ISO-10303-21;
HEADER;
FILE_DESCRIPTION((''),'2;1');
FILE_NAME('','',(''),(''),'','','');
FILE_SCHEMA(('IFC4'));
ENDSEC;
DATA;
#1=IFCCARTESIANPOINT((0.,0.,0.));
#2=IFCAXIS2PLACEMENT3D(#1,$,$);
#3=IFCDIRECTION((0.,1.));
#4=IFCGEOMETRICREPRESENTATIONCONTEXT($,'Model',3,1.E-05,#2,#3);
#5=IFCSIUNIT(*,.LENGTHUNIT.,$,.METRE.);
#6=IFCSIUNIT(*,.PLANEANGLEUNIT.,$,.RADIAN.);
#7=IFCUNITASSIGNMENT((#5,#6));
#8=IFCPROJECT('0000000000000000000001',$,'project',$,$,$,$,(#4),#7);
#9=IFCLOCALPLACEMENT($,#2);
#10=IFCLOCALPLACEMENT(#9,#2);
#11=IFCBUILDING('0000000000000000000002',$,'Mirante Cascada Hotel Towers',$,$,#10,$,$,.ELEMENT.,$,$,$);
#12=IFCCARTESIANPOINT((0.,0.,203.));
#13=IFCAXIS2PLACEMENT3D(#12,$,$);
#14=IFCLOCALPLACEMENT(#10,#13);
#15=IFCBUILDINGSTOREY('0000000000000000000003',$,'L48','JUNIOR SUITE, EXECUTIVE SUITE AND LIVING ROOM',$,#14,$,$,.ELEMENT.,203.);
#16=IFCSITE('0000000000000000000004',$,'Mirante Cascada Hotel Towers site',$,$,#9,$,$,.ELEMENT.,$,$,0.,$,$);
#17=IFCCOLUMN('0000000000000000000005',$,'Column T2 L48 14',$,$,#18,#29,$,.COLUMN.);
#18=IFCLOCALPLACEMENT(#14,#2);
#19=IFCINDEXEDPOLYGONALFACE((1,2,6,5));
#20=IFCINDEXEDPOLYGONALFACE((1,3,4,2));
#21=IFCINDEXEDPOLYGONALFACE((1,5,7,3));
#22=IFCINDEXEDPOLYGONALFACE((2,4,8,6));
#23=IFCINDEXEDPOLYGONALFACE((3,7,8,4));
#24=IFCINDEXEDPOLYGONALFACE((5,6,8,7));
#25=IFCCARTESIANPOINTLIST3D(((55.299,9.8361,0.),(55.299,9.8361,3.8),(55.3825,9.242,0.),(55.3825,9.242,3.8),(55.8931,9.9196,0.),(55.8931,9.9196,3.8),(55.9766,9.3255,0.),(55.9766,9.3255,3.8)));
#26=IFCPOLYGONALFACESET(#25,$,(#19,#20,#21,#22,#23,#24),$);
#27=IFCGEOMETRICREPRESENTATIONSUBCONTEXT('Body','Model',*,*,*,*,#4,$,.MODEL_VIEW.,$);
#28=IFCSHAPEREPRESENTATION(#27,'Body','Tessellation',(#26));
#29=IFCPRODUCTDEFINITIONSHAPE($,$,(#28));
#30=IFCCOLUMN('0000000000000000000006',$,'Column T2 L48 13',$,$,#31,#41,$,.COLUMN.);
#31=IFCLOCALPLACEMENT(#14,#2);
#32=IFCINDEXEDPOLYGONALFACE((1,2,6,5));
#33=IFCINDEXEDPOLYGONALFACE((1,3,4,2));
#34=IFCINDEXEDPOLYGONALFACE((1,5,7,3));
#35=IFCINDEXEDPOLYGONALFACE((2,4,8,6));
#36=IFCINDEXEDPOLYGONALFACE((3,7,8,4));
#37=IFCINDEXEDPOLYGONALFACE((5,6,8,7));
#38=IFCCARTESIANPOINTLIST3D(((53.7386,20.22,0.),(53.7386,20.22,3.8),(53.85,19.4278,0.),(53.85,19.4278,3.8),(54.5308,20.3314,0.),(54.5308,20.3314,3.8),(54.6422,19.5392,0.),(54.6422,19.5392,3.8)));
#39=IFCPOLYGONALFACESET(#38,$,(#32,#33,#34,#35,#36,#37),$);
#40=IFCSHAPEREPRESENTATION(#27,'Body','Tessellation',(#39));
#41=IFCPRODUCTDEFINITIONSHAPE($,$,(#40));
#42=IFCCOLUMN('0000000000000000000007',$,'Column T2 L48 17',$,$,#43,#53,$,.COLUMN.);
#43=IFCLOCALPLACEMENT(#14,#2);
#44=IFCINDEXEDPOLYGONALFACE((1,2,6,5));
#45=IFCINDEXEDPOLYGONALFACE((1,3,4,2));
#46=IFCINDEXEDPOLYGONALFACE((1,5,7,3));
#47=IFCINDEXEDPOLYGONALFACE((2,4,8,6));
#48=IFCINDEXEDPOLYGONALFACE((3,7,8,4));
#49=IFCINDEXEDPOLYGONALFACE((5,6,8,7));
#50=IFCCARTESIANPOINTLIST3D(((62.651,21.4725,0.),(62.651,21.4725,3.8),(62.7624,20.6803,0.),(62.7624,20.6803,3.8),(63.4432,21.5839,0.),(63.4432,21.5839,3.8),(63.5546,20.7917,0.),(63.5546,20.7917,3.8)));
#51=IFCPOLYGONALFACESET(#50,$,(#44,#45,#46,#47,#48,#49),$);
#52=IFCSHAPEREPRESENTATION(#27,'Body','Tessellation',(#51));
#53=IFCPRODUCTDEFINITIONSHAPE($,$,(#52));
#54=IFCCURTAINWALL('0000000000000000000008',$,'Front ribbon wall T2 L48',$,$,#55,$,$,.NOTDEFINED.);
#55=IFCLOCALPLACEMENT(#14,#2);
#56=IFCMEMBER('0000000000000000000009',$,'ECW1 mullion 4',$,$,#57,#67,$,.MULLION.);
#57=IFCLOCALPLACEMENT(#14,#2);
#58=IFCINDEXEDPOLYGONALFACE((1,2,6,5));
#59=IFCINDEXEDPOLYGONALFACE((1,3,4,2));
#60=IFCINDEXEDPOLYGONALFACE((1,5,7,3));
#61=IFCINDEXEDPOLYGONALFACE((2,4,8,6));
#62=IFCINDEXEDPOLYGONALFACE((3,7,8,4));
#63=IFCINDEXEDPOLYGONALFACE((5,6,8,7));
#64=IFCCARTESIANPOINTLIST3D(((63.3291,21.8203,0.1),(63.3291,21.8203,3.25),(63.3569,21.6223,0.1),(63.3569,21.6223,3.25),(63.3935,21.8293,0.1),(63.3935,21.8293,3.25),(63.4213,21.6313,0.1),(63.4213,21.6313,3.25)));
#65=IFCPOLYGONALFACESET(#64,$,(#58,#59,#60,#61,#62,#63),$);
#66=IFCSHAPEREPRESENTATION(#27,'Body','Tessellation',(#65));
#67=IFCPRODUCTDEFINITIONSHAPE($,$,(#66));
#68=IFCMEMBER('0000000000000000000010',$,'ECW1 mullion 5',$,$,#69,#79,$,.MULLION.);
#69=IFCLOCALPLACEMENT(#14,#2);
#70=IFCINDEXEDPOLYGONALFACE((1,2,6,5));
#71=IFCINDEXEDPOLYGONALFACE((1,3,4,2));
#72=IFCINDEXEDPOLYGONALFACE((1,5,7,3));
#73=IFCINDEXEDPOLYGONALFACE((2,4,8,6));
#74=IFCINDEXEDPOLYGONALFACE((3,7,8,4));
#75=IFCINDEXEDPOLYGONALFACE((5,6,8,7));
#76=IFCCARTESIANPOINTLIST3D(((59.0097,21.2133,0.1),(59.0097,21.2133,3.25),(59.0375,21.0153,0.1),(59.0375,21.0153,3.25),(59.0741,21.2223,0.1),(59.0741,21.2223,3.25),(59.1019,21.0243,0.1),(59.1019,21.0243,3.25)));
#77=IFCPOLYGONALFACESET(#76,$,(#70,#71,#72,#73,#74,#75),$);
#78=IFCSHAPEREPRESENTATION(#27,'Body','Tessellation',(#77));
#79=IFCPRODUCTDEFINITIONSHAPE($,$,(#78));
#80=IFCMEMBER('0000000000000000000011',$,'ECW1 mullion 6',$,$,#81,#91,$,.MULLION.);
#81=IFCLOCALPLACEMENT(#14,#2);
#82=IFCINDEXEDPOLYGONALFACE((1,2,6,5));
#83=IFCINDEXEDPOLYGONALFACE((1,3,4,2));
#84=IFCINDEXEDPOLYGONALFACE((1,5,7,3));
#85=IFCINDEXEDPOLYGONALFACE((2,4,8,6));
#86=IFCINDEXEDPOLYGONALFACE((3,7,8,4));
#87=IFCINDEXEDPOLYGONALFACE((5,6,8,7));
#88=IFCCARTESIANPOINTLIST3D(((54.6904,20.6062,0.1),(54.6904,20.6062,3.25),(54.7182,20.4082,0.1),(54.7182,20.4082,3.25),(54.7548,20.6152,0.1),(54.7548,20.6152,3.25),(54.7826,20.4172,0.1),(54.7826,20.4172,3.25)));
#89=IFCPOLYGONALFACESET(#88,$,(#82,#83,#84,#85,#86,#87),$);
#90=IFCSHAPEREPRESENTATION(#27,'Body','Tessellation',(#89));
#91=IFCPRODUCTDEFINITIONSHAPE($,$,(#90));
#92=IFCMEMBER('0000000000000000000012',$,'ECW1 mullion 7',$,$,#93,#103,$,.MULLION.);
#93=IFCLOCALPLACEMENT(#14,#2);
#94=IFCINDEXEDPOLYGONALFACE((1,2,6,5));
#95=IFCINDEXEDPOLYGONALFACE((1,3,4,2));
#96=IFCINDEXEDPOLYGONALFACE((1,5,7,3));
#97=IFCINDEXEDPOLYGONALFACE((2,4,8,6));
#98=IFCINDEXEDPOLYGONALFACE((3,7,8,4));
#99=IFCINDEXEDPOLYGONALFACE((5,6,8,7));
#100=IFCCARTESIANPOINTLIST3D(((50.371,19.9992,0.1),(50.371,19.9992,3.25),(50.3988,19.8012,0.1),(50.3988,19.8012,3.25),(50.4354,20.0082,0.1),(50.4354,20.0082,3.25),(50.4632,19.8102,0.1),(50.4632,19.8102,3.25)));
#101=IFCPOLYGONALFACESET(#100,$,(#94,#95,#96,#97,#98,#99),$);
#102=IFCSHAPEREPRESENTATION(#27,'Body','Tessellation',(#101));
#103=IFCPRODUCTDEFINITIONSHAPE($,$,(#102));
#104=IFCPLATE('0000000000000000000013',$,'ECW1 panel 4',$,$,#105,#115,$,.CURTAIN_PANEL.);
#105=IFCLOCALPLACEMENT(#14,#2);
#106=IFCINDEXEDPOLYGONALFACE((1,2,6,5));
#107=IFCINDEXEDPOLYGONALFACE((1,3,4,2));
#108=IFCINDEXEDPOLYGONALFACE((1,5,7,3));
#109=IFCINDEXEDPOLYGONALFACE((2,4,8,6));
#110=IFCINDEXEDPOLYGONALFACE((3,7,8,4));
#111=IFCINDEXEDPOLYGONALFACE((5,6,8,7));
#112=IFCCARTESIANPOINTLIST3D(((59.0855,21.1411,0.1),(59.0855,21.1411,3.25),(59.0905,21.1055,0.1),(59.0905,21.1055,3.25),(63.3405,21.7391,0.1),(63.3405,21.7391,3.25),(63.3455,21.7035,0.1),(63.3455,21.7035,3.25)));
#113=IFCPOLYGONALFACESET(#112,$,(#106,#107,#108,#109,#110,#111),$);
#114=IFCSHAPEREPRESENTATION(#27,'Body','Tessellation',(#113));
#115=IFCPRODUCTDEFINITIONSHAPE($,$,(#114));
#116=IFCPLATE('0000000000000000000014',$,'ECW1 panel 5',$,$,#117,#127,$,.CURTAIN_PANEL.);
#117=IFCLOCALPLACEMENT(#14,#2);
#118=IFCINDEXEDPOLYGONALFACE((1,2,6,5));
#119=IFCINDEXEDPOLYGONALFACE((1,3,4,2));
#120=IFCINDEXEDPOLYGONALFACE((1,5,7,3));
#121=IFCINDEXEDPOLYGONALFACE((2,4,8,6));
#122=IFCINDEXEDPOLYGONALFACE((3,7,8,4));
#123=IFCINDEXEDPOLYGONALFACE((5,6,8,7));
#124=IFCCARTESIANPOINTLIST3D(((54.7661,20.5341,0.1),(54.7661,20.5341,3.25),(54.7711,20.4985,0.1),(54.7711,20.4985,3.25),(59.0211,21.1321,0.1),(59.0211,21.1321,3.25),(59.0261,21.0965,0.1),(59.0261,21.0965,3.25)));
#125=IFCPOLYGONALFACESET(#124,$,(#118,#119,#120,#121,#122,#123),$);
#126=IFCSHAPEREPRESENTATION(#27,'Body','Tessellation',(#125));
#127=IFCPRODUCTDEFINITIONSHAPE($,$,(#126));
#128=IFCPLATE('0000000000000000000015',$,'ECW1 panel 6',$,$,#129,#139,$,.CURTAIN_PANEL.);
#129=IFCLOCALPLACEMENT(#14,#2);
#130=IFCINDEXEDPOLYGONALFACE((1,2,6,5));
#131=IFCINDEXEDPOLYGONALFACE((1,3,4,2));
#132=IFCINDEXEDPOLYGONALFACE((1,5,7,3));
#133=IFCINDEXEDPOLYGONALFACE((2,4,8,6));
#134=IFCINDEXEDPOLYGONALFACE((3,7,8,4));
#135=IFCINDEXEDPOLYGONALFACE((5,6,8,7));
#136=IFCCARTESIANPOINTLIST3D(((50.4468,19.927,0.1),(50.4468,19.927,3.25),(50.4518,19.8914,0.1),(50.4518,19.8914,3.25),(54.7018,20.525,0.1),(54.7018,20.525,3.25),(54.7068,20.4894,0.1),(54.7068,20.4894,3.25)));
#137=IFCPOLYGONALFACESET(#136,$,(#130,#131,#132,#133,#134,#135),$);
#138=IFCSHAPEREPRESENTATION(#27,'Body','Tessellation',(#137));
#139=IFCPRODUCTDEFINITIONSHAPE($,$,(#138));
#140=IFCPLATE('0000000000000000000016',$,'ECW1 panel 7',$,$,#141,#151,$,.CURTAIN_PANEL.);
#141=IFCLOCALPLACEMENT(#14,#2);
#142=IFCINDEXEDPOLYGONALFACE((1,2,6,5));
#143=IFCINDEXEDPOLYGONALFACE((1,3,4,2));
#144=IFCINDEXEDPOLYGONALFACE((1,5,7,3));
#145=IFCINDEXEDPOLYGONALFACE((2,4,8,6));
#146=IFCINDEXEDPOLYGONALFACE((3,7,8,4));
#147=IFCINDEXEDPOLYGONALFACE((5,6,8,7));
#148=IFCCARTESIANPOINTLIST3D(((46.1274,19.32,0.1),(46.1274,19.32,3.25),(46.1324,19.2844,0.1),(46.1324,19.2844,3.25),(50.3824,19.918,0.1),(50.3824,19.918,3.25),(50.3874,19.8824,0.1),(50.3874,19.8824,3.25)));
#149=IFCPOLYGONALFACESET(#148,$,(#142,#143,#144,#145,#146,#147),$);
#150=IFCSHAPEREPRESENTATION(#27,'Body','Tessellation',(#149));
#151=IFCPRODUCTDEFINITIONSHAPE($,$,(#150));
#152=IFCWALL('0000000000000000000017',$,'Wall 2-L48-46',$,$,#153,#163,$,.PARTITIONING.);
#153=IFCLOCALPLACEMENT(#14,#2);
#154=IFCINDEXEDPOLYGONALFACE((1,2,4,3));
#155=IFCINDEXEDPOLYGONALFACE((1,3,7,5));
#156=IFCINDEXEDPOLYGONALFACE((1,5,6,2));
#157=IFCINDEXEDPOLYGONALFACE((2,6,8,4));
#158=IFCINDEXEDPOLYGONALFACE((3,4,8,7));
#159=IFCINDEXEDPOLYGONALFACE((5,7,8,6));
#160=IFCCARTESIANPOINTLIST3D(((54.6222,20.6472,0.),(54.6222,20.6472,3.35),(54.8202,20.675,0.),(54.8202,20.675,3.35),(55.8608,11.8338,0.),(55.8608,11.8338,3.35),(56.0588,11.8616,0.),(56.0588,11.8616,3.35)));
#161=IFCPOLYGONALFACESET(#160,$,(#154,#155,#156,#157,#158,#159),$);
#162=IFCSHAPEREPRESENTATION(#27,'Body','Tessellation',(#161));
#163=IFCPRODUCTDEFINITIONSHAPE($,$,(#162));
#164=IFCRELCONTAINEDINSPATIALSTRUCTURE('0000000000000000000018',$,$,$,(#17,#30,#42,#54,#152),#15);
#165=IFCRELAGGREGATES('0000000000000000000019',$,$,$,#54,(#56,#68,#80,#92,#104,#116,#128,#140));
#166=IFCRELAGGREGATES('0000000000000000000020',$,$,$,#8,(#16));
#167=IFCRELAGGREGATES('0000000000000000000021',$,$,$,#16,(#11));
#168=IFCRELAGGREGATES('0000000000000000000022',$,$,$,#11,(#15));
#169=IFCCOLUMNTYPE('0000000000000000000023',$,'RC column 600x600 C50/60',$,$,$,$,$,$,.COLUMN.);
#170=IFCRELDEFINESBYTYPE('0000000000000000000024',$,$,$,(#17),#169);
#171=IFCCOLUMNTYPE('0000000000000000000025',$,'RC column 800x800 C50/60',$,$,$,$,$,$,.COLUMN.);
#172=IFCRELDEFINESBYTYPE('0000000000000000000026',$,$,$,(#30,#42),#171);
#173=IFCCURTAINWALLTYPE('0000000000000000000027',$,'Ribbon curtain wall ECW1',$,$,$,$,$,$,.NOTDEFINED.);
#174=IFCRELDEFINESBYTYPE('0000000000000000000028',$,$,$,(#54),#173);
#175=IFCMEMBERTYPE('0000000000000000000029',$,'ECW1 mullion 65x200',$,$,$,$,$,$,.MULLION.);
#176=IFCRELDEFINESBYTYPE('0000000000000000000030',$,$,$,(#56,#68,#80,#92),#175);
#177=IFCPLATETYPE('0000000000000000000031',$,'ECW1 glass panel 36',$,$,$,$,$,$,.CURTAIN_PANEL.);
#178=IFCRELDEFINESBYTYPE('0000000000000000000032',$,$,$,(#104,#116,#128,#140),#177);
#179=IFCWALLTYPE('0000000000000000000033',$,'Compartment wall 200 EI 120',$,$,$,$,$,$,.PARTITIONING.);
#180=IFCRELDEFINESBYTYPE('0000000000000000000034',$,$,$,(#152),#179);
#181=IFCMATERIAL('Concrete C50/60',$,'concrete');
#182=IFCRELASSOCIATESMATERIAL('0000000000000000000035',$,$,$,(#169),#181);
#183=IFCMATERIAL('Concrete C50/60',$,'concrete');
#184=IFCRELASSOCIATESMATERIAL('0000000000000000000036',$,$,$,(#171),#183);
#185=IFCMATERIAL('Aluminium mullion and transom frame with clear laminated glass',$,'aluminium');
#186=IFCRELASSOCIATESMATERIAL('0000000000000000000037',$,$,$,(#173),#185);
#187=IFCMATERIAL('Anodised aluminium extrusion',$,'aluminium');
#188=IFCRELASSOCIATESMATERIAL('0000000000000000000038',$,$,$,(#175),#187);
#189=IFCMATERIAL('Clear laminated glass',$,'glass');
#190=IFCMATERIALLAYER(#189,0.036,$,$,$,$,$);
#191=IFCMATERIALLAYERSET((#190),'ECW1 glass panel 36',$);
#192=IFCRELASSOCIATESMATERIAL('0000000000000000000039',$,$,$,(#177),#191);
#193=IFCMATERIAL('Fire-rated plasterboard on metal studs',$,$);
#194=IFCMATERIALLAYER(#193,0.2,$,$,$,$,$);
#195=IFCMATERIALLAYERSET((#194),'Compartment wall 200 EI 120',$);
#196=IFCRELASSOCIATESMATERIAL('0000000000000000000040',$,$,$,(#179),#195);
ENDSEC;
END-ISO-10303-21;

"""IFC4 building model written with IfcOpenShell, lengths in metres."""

from ifc_helpers import new_model, si_unit, direction, frame, frame_2d, origin, origin_2d, place, context, subcontext, project, spatial, rectangle, extrude, material, layer, layer_set, material_profile, profile_set, type_object, element, aggregate, save


model = new_model("IFC4")

# Units and contexts
model_context = context("Model", 3, precision=1e-05, world=origin(), true_north=direction((0.0, 1.0)))
body_context = subcontext(model_context, "Body", "Model", "MODEL_VIEW")
ifc_project = project(units=[si_unit("LENGTHUNIT", "METRE"), si_unit("PLANEANGLEUNIT", "RADIAN")], contexts=[model_context])

# Site, building, storey
site_placement = place(None, origin())
site = spatial("IfcSite", under=ifc_project, at=site_placement, Name="Mirante Cascada Hotel Towers site", CompositionType="ELEMENT", RefElevation=0.0)
building_placement = place(site_placement, origin())
building = spatial("IfcBuilding", under=site, at=building_placement, Name="Mirante Cascada Hotel Towers", CompositionType="ELEMENT")
storey_placement = place(building_placement, frame((0.0, 0.0, 203.0)))
storey = spatial("IfcBuildingStorey", under=building, at=storey_placement, Name="L48", Description="JUNIOR SUITE, EXECUTIVE SUITE AND LIVING ROOM", CompositionType="ELEMENT", Elevation=203.0)

# Columns
ifc_material_1 = material(Name="Concrete C50/60", Category="concrete")
ifc_material_profile_1 = material_profile(ifc_material_1, rectangle(XDim=0.6, YDim=0.6, at=origin_2d()), Name="RC column 600x600 C50/60")
ifc_profile_set_1 = profile_set([ifc_material_profile_1], Name="Concrete C50/60")
column_type_1 = type_object("IfcColumnType", Name="RC column 600x600 C50/60", PredefinedType="COLUMN", material=ifc_profile_set_1)
column_placement = place(storey_placement, frame((55.6378, 9.5808, 0.0), z_axis=(0.0, 0.0, 1.0), x_axis=(0.990268, 0.139173, 0.0)))
element("IfcColumn", 1, at=column_placement, inside=storey, type_object=column_type_1, Name="Column T2 L48 14", PredefinedType="COLUMN", context=body_context, shape_type="SweptSolid", body=[
    extrude(rectangle(XDim=0.6, YDim=0.6, at=origin_2d()), origin(), (0.0, 0.0, 1.0), 3.8),
])
ifc_material_2 = material(Name="Concrete C50/60", Category="concrete")
ifc_material_profile_2 = material_profile(ifc_material_2, rectangle(XDim=0.8, YDim=0.8, at=origin_2d()), Name="RC column 800x800 C50/60")
ifc_profile_set_2 = profile_set([ifc_material_profile_2], Name="Concrete C50/60")
column_type_2 = type_object("IfcColumnType", Name="RC column 800x800 C50/60", PredefinedType="COLUMN", material=ifc_profile_set_2)
for number, where, z_axis, x_axis, name in (
    (2, (54.1904, 19.8796, 0.0), (0.0, 0.0, 1.0), (0.990268, 0.139173, 0.0), "Column T2 L48 13"),
    (3, (63.1028, 21.1321, 0.0), (0.0, 0.0, 1.0), (0.990268, 0.139173, 0.0), "Column T2 L48 17"),
):
    element("IfcColumn", number, at=place(storey_placement, frame(where, z_axis=z_axis, x_axis=x_axis)), inside=storey, type_object=column_type_2, Name=name, PredefinedType="COLUMN", context=body_context, shape_type="SweptSolid", body=[
        extrude(rectangle(XDim=0.8, YDim=0.8, at=origin_2d()), origin(), (0.0, 0.0, 1.0), 3.8),
    ])

# Curtain wall, members, plates
ifc_material_3 = material(Name="Aluminium mullion and transom frame with clear laminated glass", Category="aluminium")
curtain_wall_type = type_object("IfcCurtainWallType", Name="Ribbon curtain wall ECW1", PredefinedType="NOTDEFINED", material=ifc_material_3)
curtain_wall_placement = place(storey_placement, origin())
curtain_wall = element("IfcCurtainWall", 4, at=curtain_wall_placement, inside=storey, type_object=curtain_wall_type, Name="Front ribbon wall T2 L48", PredefinedType="NOTDEFINED")
ifc_material_4 = material(Name="Anodised aluminium extrusion", Category="aluminium")
ifc_material_profile_3 = material_profile(ifc_material_4, rectangle(XDim=0.2, YDim=0.065, at=origin_2d()), Name="ECW1 MULLION 65x200")
ifc_profile_set_3 = profile_set([ifc_material_profile_3], Name="Anodised aluminium extrusion")
member_type = type_object("IfcMemberType", Name="ECW1 mullion 65x200", PredefinedType="MULLION", material=ifc_profile_set_3)
member_1_placement = place(storey_placement, frame((63.3752, 21.7258, 0.1), z_axis=(0.0, 0.0, 1.0), x_axis=(0.139173, -0.990268, 0.0)))
member_1 = element("IfcMember", 5, at=member_1_placement, type_object=member_type, Name="ECW1 mullion 4", PredefinedType="MULLION", context=body_context, shape_type="SweptSolid", body=[
    extrude(rectangle(XDim=0.2, YDim=0.065, at=origin_2d()), origin(), (0.0, 0.0, 1.0), 3.15),
])
member_2_placement = place(storey_placement, frame((59.0558, 21.1188, 0.1), z_axis=(0.0, 0.0, 1.0), x_axis=(0.139173, -0.990268, 0.0)))
member_2 = element("IfcMember", 6, at=member_2_placement, type_object=member_type, Name="ECW1 mullion 5", PredefinedType="MULLION", context=body_context, shape_type="SweptSolid", body=[
    extrude(rectangle(XDim=0.2, YDim=0.065, at=origin_2d()), origin(), (0.0, 0.0, 1.0), 3.15),
])
member_3_placement = place(storey_placement, frame((54.7365, 20.5117, 0.1), z_axis=(0.0, 0.0, 1.0), x_axis=(0.139173, -0.990268, 0.0)))
member_3 = element("IfcMember", 7, at=member_3_placement, type_object=member_type, Name="ECW1 mullion 6", PredefinedType="MULLION", context=body_context, shape_type="SweptSolid", body=[
    extrude(rectangle(XDim=0.2, YDim=0.065, at=origin_2d()), origin(), (0.0, 0.0, 1.0), 3.15),
])
member_4_placement = place(storey_placement, frame((50.4171, 19.9047, 0.1), z_axis=(0.0, 0.0, 1.0), x_axis=(0.139173, -0.990268, 0.0)))
member_4 = element("IfcMember", 8, at=member_4_placement, type_object=member_type, Name="ECW1 mullion 7", PredefinedType="MULLION", context=body_context, shape_type="SweptSolid", body=[
    extrude(rectangle(XDim=0.2, YDim=0.065, at=origin_2d()), origin(), (0.0, 0.0, 1.0), 3.15),
])
ifc_material_5 = material(Name="Clear laminated glass", Category="glass")
ifc_layer_1 = layer(ifc_material_5, 0.036)
ifc_layer_set_1 = layer_set([ifc_layer_1], Name="ECW1 glass panel 36")
plate_type = type_object("IfcPlateType", Name="ECW1 glass panel 36", PredefinedType="CURTAIN_PANEL", material=ifc_layer_set_1)
plate_1_placement = place(storey_placement, frame((61.2155, 21.4223, 0.1), z_axis=(0.0, 0.0, 1.0), x_axis=(-0.990268, -0.139173, 0.0)))
plate_1 = element("IfcPlate", 9, at=plate_1_placement, type_object=plate_type, Name="ECW1 panel 4", PredefinedType="CURTAIN_PANEL", context=body_context, shape_type="SweptSolid", body=[
    extrude(rectangle(XDim=4.2968, YDim=0.036, at=origin_2d()), origin(), (0.0, 0.0, 1.0), 3.15),
])
plate_2_placement = place(storey_placement, frame((56.8961, 20.8153, 0.1), z_axis=(0.0, 0.0, 1.0), x_axis=(-0.990268, -0.139173, 0.0)))
plate_2 = element("IfcPlate", 10, at=plate_2_placement, type_object=plate_type, Name="ECW1 panel 5", PredefinedType="CURTAIN_PANEL", context=body_context, shape_type="SweptSolid", body=[
    extrude(rectangle(XDim=4.2968, YDim=0.036, at=origin_2d()), origin(), (0.0, 0.0, 1.0), 3.15),
])
plate_3_placement = place(storey_placement, frame((52.5768, 20.2082, 0.1), z_axis=(0.0, 0.0, 1.0), x_axis=(-0.990268, -0.139173, 0.0)))
plate_3 = element("IfcPlate", 11, at=plate_3_placement, type_object=plate_type, Name="ECW1 panel 6", PredefinedType="CURTAIN_PANEL", context=body_context, shape_type="SweptSolid", body=[
    extrude(rectangle(XDim=4.2968, YDim=0.036, at=origin_2d()), origin(), (0.0, 0.0, 1.0), 3.15),
])
plate_4_placement = place(storey_placement, frame((48.2574, 19.6012, 0.1), z_axis=(0.0, 0.0, 1.0), x_axis=(-0.990268, -0.139173, 0.0)))
plate_4 = element("IfcPlate", 12, at=plate_4_placement, type_object=plate_type, Name="ECW1 panel 7", PredefinedType="CURTAIN_PANEL", context=body_context, shape_type="SweptSolid", body=[
    extrude(rectangle(XDim=4.2968, YDim=0.036, at=origin_2d()), origin(), (0.0, 0.0, 1.0), 3.15),
])
aggregate(curtain_wall, [member_1, member_2, member_3, member_4, plate_1, plate_2, plate_3, plate_4])

# Wall
ifc_material_6 = material(Name="Fire-rated plasterboard on metal studs")
ifc_layer_2 = layer(ifc_material_6, 0.2)
ifc_layer_set_2 = layer_set([ifc_layer_2], Name="Compartment wall 200 EI 120")
wall_type_1 = type_object("IfcWallType", Name="Compartment wall 200 EI 120", PredefinedType="PARTITIONING", material=ifc_layer_set_2)
wall_1_placement = place(storey_placement, frame((54.7212, 20.6611, 0.0), z_axis=(0.0, 0.0, 1.0), x_axis=(0.139168, -0.990269, 0.0)))
element("IfcWall", 13, at=wall_1_placement, inside=storey, type_object=wall_type_1, Name="Wall 2-L48-46", PredefinedType="PARTITIONING", context=body_context, shape_type="SweptSolid", body=[
    extrude(rectangle(XDim=8.9, YDim=0.2, at=frame_2d((4.45, 0.0))), origin(), (0.0, 0.0, 1.0), 3.35),
])

save(model, "model.ifc")
